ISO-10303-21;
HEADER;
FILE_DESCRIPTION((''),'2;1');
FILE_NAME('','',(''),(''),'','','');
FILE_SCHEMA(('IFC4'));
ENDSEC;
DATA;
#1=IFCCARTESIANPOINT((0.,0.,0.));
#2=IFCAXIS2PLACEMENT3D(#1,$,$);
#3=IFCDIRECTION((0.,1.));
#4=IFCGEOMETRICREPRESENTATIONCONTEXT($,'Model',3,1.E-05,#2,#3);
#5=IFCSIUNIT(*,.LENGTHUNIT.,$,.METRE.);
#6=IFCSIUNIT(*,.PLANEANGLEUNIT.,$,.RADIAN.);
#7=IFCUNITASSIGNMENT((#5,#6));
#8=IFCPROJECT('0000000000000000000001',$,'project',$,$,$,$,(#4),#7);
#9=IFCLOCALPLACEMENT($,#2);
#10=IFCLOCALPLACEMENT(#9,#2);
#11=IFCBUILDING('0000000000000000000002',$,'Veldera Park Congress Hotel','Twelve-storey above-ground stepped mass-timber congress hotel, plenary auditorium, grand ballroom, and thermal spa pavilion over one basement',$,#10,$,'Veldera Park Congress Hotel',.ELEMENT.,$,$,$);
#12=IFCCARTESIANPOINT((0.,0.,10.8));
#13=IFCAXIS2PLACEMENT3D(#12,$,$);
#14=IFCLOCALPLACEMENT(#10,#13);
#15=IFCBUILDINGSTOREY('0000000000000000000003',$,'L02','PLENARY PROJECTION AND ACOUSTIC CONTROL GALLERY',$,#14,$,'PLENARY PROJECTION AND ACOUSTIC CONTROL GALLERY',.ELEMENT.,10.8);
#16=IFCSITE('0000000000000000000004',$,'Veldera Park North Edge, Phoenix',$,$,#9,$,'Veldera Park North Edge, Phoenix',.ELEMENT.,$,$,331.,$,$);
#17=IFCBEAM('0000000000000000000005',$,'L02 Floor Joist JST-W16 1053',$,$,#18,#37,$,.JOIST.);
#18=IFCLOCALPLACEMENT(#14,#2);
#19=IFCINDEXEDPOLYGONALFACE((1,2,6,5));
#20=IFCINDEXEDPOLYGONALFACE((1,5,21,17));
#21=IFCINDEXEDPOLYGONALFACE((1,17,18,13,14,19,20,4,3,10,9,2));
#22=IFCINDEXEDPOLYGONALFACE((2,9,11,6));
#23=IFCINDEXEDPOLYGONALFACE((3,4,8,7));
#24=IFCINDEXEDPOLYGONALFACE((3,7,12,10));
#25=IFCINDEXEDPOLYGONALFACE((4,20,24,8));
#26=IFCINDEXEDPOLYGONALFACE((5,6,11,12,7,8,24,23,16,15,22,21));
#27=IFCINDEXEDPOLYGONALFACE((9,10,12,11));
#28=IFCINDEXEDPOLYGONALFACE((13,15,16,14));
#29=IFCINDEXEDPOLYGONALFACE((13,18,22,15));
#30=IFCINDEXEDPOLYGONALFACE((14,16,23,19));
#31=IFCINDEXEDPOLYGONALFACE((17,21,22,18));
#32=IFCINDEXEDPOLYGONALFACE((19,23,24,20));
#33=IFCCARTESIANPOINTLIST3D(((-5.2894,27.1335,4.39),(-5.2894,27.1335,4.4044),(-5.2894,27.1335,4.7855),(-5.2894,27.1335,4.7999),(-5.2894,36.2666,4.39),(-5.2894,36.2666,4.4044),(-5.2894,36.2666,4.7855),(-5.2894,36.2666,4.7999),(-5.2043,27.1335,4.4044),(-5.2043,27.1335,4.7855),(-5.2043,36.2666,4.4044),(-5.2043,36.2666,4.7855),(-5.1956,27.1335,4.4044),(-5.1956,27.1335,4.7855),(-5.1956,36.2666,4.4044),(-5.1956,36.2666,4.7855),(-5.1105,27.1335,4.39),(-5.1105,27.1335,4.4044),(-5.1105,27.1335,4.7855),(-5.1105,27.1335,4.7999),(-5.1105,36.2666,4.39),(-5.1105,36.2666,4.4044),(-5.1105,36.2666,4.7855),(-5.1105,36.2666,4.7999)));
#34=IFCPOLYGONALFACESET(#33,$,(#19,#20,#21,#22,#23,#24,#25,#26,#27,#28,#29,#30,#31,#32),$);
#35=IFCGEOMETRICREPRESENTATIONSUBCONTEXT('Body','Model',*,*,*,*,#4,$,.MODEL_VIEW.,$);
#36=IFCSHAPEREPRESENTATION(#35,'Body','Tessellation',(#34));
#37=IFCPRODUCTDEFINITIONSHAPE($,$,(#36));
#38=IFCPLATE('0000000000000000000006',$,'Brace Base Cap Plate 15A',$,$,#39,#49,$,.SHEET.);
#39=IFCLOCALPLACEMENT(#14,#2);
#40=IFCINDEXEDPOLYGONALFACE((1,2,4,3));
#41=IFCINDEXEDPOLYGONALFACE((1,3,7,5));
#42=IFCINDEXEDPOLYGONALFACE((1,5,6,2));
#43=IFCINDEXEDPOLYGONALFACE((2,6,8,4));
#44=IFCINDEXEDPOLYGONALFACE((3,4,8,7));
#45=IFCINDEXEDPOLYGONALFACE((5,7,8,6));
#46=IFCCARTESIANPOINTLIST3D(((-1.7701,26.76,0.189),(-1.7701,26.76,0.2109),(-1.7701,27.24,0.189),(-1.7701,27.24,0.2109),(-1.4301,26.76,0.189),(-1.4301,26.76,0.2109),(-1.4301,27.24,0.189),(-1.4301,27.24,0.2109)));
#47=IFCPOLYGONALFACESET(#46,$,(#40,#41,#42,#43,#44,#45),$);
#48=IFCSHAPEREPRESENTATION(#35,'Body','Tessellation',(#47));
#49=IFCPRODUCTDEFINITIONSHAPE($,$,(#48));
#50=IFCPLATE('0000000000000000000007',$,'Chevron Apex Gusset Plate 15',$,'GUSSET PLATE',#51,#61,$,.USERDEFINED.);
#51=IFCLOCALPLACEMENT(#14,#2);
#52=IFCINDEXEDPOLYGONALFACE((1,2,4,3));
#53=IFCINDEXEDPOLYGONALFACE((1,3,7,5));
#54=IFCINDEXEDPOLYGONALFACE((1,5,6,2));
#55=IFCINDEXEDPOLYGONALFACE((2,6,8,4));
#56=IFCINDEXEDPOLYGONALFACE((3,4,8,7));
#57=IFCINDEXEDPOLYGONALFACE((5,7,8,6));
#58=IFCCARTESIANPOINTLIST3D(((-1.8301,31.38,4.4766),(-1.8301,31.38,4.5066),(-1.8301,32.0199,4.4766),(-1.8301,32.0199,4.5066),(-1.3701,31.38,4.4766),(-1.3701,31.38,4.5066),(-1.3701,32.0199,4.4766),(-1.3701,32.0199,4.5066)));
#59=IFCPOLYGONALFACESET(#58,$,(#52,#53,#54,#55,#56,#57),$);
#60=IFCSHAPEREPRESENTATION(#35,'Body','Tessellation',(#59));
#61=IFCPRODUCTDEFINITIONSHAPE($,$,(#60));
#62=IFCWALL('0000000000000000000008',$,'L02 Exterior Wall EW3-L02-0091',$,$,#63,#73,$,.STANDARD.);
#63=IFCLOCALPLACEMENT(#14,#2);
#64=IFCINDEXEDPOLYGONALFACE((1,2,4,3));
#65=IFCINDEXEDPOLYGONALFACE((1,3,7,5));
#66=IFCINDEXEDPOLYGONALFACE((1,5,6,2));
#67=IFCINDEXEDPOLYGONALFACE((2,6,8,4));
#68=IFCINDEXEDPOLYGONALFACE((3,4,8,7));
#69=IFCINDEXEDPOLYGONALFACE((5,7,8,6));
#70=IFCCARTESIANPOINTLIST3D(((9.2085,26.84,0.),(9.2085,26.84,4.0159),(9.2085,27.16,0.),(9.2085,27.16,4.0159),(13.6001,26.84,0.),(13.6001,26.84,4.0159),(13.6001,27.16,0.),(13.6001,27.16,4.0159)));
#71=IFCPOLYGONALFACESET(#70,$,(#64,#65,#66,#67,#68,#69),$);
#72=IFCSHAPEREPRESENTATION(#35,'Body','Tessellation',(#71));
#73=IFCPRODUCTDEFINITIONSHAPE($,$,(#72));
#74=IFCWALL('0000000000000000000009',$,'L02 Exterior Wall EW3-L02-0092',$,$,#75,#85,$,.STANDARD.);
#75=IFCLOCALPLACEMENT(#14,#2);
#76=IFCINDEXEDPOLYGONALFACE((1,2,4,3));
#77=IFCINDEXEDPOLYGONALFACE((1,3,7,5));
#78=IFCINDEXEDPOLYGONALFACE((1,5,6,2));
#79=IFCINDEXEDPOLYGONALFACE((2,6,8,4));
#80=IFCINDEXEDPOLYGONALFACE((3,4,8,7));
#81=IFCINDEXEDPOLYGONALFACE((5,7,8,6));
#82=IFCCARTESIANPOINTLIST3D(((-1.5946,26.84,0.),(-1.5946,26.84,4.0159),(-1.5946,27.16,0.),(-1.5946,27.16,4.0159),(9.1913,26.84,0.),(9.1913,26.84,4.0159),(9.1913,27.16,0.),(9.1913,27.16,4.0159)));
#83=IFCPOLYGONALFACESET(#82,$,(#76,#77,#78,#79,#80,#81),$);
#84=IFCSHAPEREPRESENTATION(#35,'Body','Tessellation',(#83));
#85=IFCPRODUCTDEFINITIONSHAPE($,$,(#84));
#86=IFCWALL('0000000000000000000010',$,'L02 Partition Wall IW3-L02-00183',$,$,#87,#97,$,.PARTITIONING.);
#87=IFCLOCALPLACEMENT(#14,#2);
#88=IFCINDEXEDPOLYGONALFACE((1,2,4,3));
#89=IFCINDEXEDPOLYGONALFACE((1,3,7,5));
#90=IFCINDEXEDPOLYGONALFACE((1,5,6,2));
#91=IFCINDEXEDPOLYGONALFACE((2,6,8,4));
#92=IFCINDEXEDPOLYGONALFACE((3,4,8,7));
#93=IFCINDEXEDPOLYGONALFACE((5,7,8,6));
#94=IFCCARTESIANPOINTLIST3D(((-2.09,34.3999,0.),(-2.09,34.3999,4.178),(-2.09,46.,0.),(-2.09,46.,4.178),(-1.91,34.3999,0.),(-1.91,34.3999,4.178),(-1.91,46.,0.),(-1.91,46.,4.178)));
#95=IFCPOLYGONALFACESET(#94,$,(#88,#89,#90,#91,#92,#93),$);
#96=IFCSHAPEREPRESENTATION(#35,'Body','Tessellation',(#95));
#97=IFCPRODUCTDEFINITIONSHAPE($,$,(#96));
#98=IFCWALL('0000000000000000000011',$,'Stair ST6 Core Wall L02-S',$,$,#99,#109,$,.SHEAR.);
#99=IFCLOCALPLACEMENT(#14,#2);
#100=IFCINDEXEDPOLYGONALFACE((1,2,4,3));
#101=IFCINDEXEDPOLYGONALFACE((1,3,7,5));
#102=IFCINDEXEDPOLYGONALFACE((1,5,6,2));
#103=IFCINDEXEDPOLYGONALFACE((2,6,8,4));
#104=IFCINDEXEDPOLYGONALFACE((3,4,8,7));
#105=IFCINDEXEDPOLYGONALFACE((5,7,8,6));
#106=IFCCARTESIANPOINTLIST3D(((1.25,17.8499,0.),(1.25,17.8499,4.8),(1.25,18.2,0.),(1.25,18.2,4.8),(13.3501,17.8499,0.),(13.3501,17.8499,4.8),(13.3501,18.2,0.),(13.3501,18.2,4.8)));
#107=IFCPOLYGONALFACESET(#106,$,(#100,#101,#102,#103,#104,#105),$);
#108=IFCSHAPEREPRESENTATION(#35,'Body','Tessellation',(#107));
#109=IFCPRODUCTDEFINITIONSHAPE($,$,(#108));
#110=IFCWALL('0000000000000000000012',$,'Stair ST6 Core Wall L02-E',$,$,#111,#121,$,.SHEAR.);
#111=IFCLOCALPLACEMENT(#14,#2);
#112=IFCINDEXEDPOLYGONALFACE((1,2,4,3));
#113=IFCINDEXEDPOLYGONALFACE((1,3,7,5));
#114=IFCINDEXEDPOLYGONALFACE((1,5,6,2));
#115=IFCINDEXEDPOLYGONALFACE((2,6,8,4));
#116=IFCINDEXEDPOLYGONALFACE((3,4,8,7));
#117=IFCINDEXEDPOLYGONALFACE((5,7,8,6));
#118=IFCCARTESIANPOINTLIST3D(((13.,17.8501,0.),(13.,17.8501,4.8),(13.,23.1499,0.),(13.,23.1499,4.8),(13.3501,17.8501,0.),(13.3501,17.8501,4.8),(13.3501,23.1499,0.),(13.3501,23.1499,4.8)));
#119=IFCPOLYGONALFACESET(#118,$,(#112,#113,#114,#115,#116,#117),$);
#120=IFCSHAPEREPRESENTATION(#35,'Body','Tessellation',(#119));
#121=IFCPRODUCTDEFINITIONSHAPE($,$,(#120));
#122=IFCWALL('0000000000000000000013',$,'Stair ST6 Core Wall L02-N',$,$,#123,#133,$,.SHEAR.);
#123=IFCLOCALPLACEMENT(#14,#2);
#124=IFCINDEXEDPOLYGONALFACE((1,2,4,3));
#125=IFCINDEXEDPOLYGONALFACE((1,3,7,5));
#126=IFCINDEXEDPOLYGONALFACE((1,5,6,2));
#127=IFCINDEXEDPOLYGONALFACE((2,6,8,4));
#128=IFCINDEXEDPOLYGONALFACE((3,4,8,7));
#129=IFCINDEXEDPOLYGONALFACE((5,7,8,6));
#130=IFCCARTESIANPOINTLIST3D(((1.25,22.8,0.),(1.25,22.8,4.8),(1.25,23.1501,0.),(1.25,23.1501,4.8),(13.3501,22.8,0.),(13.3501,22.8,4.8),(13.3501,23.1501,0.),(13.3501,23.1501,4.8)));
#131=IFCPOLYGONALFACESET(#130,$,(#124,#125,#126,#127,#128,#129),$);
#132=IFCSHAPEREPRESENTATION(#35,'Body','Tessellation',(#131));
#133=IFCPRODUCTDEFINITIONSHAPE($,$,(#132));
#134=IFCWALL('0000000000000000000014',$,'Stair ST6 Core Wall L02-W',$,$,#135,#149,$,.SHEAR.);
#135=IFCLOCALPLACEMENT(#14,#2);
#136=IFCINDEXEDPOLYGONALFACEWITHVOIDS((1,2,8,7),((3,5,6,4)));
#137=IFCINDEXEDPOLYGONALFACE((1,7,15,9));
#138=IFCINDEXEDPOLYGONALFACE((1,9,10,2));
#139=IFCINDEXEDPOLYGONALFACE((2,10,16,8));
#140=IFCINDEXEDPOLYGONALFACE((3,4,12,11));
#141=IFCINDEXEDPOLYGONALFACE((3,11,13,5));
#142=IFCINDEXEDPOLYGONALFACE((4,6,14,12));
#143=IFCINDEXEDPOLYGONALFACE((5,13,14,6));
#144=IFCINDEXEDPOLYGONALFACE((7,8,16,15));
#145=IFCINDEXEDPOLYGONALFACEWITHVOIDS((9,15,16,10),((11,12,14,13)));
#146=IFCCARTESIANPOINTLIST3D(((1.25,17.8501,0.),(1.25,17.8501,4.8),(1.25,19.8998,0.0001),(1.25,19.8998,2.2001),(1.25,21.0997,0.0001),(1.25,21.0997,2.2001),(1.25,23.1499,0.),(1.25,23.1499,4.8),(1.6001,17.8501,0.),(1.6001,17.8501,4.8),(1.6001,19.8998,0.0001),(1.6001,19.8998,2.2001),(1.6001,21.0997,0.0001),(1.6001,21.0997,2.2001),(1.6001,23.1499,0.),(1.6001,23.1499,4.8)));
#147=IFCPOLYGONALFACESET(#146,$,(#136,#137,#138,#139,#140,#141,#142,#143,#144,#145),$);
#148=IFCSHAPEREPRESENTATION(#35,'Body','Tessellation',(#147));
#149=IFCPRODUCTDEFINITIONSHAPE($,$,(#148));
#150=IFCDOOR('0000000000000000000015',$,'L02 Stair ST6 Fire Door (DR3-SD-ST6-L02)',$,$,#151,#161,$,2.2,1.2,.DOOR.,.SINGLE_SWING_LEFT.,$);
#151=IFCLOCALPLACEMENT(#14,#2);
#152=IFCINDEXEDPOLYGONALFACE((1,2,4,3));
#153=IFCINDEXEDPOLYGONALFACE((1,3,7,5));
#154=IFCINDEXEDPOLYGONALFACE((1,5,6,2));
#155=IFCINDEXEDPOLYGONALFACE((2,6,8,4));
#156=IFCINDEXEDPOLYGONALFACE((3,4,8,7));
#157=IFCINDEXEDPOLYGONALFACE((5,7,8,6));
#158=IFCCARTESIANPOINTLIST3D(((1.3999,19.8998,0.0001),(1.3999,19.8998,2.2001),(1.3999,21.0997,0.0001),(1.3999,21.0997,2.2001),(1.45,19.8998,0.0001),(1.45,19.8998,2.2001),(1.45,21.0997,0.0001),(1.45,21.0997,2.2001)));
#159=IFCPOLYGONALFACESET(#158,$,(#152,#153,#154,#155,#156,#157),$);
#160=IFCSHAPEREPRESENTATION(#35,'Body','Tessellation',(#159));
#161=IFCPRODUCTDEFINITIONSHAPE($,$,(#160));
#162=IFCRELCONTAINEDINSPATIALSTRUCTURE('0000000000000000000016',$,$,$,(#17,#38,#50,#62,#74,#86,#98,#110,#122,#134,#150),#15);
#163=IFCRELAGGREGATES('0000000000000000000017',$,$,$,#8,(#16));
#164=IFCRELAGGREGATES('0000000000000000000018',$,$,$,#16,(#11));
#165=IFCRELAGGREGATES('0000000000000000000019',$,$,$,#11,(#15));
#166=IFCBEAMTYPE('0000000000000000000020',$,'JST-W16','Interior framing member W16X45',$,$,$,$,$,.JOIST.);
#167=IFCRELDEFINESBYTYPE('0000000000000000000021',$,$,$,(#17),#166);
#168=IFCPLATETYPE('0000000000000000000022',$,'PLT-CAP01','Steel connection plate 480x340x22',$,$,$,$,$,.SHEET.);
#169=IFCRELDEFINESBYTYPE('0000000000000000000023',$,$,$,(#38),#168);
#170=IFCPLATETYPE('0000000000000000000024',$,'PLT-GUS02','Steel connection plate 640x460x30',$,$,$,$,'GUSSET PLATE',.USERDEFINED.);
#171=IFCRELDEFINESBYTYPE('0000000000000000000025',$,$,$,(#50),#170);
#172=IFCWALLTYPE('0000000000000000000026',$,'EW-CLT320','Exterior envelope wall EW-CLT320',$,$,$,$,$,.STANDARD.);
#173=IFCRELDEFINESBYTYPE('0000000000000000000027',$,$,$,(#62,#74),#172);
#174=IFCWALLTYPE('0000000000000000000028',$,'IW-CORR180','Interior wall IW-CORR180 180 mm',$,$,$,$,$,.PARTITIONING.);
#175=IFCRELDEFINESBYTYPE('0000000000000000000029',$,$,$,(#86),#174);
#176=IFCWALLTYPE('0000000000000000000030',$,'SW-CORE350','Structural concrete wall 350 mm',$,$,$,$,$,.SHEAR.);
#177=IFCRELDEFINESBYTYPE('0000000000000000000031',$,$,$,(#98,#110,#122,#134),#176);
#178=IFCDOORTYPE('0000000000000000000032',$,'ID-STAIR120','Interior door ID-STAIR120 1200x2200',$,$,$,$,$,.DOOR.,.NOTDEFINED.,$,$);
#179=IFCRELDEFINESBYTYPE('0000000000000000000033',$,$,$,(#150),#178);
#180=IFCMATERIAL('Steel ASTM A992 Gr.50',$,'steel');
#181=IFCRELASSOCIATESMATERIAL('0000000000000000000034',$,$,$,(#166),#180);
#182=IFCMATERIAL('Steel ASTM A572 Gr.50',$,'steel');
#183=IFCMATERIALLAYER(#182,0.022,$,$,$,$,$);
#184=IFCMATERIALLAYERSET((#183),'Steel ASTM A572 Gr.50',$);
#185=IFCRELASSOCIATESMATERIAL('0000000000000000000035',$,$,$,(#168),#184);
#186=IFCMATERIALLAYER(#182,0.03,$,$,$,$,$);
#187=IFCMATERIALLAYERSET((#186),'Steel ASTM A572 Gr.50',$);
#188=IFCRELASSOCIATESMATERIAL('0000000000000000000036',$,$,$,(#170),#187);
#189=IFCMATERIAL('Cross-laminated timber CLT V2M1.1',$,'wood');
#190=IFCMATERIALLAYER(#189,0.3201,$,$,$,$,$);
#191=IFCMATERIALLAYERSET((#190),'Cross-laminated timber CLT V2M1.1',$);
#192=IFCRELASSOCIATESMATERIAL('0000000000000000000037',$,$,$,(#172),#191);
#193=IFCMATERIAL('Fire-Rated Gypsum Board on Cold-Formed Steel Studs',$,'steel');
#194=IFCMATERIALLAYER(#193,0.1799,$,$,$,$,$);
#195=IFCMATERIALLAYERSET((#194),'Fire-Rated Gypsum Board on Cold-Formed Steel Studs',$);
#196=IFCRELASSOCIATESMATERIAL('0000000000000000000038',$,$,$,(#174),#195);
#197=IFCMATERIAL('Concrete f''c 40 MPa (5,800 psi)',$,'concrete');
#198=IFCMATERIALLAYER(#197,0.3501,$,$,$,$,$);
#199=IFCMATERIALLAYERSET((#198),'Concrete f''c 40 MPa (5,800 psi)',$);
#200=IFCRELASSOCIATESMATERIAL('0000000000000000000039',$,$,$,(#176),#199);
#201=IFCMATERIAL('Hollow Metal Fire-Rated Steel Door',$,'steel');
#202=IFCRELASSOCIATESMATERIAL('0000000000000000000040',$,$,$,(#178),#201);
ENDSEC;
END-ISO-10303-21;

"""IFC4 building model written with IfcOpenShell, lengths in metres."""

from ifc_helpers import new_model, si_unit, direction, frame, frame_2d, origin, origin_2d, place, context, subcontext, project, spatial, rectangle, i_section, extrude, material, layer, layer_set, material_profile, profile_set, type_object, element, fill, save


model = new_model("IFC4")

# Units and contexts
model_context = context("Model", 3, precision=1e-05, world=origin(), true_north=direction((0.0, 1.0)))
body_context = subcontext(model_context, "Body", "Model", "MODEL_VIEW")
ifc_project = project(units=[si_unit("LENGTHUNIT", "METRE"), si_unit("PLANEANGLEUNIT", "RADIAN")], contexts=[model_context])

# Site, building, storey
site_placement = place(None, origin())
site = spatial("IfcSite", under=ifc_project, at=site_placement, Name="Veldera Park North Edge, Phoenix", LongName="Veldera Park North Edge, Phoenix", CompositionType="ELEMENT", RefElevation=331.0)
building_placement = place(site_placement, origin())
building = spatial("IfcBuilding", under=site, at=building_placement, Name="Veldera Park Congress Hotel", Description="Twelve-storey above-ground stepped mass-timber congress hotel, plenary auditorium, grand ballroom, and thermal spa pavilion over one basement", LongName="Veldera Park Congress Hotel", CompositionType="ELEMENT")
storey_placement = place(building_placement, frame((0.0, 0.0, 10.8)))
storey = spatial("IfcBuildingStorey", under=building, at=storey_placement, Name="L02", Description="PLENARY PROJECTION AND ACOUSTIC CONTROL GALLERY", LongName="PLENARY PROJECTION AND ACOUSTIC CONTROL GALLERY", CompositionType="ELEMENT", Elevation=10.8)

# Shared definitions
ifc_material_1 = material(Name="Steel ASTM A992 Gr.50", Category="steel")

# Beam
ifc_material_profile_1 = material_profile(ifc_material_1, i_section(OverallWidth=0.179, OverallDepth=0.4099, WebThickness=0.0088, FlangeThickness=0.0144, at=origin_2d()), Name="W16X45")
ifc_profile_set_1 = profile_set([ifc_material_profile_1], Name="Steel ASTM A992 Gr.50")
beam_type_1 = type_object("IfcBeamType", Name="JST-W16", Description="Interior framing member W16X45", PredefinedType="JOIST", material=ifc_profile_set_1)
for number, where, z_axis, x_axis, name in (
    (1, (-5.2, 27.1335, 4.595), (0.0, 1.0, 0.0), (-1.0, 0.0, 0.0), "L02 Floor Joist JST-W16 1053"),
):
    element("IfcBeam", number, at=place(storey_placement, frame(where, z_axis=z_axis, x_axis=x_axis)), inside=storey, type_object=beam_type_1, Name=name, PredefinedType="JOIST", context=body_context, shape_type="SweptSolid", body=[
        extrude(i_section(OverallWidth=0.179, OverallDepth=0.4099, WebThickness=0.0088, FlangeThickness=0.0144, at=origin_2d()), origin(), (0.0, 0.0, 1.0), 9.1331),
    ])

# Plates
ifc_material_2 = material(Name="Steel ASTM A572 Gr.50", Category="steel")
ifc_layer_1 = layer(ifc_material_2, 0.022)
ifc_layer_set_1 = layer_set([ifc_layer_1], Name="Steel ASTM A572 Gr.50")
plate_type_1 = type_object("IfcPlateType", Name="PLT-CAP01", Description="Steel connection plate 480x340x22", PredefinedType="SHEET", material=ifc_layer_set_1)
plate_1_placement = place(storey_placement, frame((-1.6001, 27.0, 0.189), z_axis=(0.0, 0.0, 1.0), x_axis=(0.0, 1.0, 0.0)))
element("IfcPlate", 2, at=plate_1_placement, inside=storey, type_object=plate_type_1, Name="Brace Base Cap Plate 15A", PredefinedType="SHEET", context=body_context, shape_type="SweptSolid", body=[
    extrude(rectangle(XDim=0.48, YDim=0.3401, at=origin_2d()), origin(), (0.0, 0.0, 1.0), 0.022),
])
ifc_layer_2 = layer(ifc_material_2, 0.03)
ifc_layer_set_2 = layer_set([ifc_layer_2], Name="Steel ASTM A572 Gr.50")
plate_type_2 = type_object("IfcPlateType", Name="PLT-GUS02", Description="Steel connection plate 640x460x30", ElementType="GUSSET PLATE", PredefinedType="USERDEFINED", material=ifc_layer_set_2)
plate_2_placement = place(storey_placement, frame((-1.6001, 31.7, 4.4766), z_axis=(0.0, 0.0, 1.0), x_axis=(0.0, 1.0, 0.0)))
element("IfcPlate", 3, at=plate_2_placement, inside=storey, type_object=plate_type_2, Name="Chevron Apex Gusset Plate 15", ObjectType="GUSSET PLATE", PredefinedType="USERDEFINED", context=body_context, shape_type="SweptSolid", body=[
    extrude(rectangle(XDim=0.6399, YDim=0.46, at=origin_2d()), origin(), (0.0, 0.0, 1.0), 0.03),
])

# Walls
ifc_material_3 = material(Name="Cross-laminated timber CLT V2M1.1", Category="wood")
ifc_layer_3 = layer(ifc_material_3, 0.3201)
ifc_layer_set_3 = layer_set([ifc_layer_3], Name="Cross-laminated timber CLT V2M1.1")
wall_type_1 = type_object("IfcWallType", Name="EW-CLT320", Description="Exterior envelope wall EW-CLT320", PredefinedType="STANDARD", material=ifc_layer_set_3)
wall_1_placement = place(storey_placement, frame((13.6001, 27.0, 0.0), z_axis=(0.0, 0.0, 1.0), x_axis=(-1.0, 0.0, 0.0)))
element("IfcWall", 4, at=wall_1_placement, inside=storey, type_object=wall_type_1, Name="L02 Exterior Wall EW3-L02-0091", PredefinedType="STANDARD", context=body_context, shape_type="SweptSolid", body=[
    extrude(rectangle(XDim=4.3916, YDim=0.3201, at=frame_2d((2.1958, 0.0))), origin(), (0.0, 0.0, 1.0), 4.0159),
])
wall_2_placement = place(storey_placement, frame((9.1914, 27.0, 0.0), z_axis=(0.0, 0.0, 1.0), x_axis=(-1.0, 0.0, 0.0)))
element("IfcWall", 5, at=wall_2_placement, inside=storey, type_object=wall_type_1, Name="L02 Exterior Wall EW3-L02-0092", PredefinedType="STANDARD", context=body_context, shape_type="SweptSolid", body=[
    extrude(rectangle(XDim=10.7859, YDim=0.3201, at=frame_2d((5.3931, 0.0))), origin(), (0.0, 0.0, 1.0), 4.0159),
])
ifc_material_4 = material(Name="Fire-Rated Gypsum Board on Cold-Formed Steel Studs", Category="steel")
ifc_layer_4 = layer(ifc_material_4, 0.1799)
ifc_layer_set_4 = layer_set([ifc_layer_4], Name="Fire-Rated Gypsum Board on Cold-Formed Steel Studs")
wall_type_2 = type_object("IfcWallType", Name="IW-CORR180", Description="Interior wall IW-CORR180 180 mm", PredefinedType="PARTITIONING", material=ifc_layer_set_4)
wall_3_placement = place(storey_placement, frame((-2.0, 34.3999, 0.0), z_axis=(0.0, 0.0, 1.0), x_axis=(0.0, 1.0, 0.0)))
element("IfcWall", 6, at=wall_3_placement, inside=storey, type_object=wall_type_2, Name="L02 Partition Wall IW3-L02-00183", PredefinedType="PARTITIONING", context=body_context, shape_type="SweptSolid", body=[
    extrude(rectangle(XDim=11.6001, YDim=0.1799, at=frame_2d((5.8, 0.0))), origin(), (0.0, 0.0, 1.0), 4.178),
])
ifc_material_5 = material(Name="Concrete f'c 40 MPa (5,800 psi)", Category="concrete")
ifc_layer_5 = layer(ifc_material_5, 0.3501)
ifc_layer_set_5 = layer_set([ifc_layer_5], Name="Concrete f'c 40 MPa (5,800 psi)")
wall_type_3 = type_object("IfcWallType", Name="SW-CORE350", Description="Structural concrete wall 350 mm", PredefinedType="SHEAR", material=ifc_layer_set_5)
wall_4_placement = place(storey_placement, frame((1.25, 18.0249, 0.0), z_axis=(0.0, 0.0, 1.0), x_axis=(1.0, 0.0, 0.0)))
element("IfcWall", 7, at=wall_4_placement, inside=storey, type_object=wall_type_3, Name="Stair ST6 Core Wall L02-S", PredefinedType="SHEAR", context=body_context, shape_type="SweptSolid", body=[
    extrude(rectangle(XDim=12.1001, YDim=0.3501, at=frame_2d((6.05, 0.0))), origin(), (0.0, 0.0, 1.0), 4.8),
])
wall_5_placement = place(storey_placement, frame((13.175, 17.8501, 0.0), z_axis=(0.0, 0.0, 1.0), x_axis=(0.0, 1.0, 0.0)))
element("IfcWall", 8, at=wall_5_placement, inside=storey, type_object=wall_type_3, Name="Stair ST6 Core Wall L02-E", PredefinedType="SHEAR", context=body_context, shape_type="SweptSolid", body=[
    extrude(rectangle(XDim=5.2998, YDim=0.3501, at=frame_2d((2.6499, 0.0))), origin(), (0.0, 0.0, 1.0), 4.8),
])
wall_6_placement = place(storey_placement, frame((13.3501, 22.9751, 0.0), z_axis=(0.0, 0.0, 1.0), x_axis=(-1.0, 0.0, 0.0)))
element("IfcWall", 9, at=wall_6_placement, inside=storey, type_object=wall_type_3, Name="Stair ST6 Core Wall L02-N", PredefinedType="SHEAR", context=body_context, shape_type="SweptSolid", body=[
    extrude(rectangle(XDim=12.1001, YDim=0.3501, at=frame_2d((6.05, 0.0))), origin(), (0.0, 0.0, 1.0), 4.8),
])

# Wall, opening, door
wall_7_placement = place(storey_placement, frame((1.425, 23.1499, 0.0), z_axis=(0.0, 0.0, 1.0), x_axis=(0.0, -1.0, 0.0)))
wall_7 = element("IfcWall", 10, at=wall_7_placement, inside=storey, type_object=wall_type_3, Name="Stair ST6 Core Wall L02-W", PredefinedType="SHEAR", context=body_context, shape_type="SweptSolid", body=[
    extrude(rectangle(XDim=5.2998, YDim=0.3501, at=frame_2d((2.6499, 0.0))), origin(), (0.0, 0.0, 1.0), 4.8),
])
opening_placement = place(wall_7_placement, frame((2.05, 0.0, 0.0)))
opening = element("IfcOpeningElement", 11, at=opening_placement, cuts=wall_7, PredefinedType="OPENING", context=body_context, shape_type="SweptSolid", body=[
    extrude(rectangle(XDim=1.2, YDim=2.2, at=frame_2d((0.6001, 1.1001))), frame((0.0, 0.187, 0.0), z_axis=(0.0, -1.0, 0.0), x_axis=(1.0, 0.0, 0.0)), (0.0, 0.0, 1.0), 0.374),
])
ifc_material_6 = material(Name="Hollow Metal Fire-Rated Steel Door", Category="steel")
door_type = type_object("IfcDoorType", Name="ID-STAIR120", Description="Interior door ID-STAIR120 1200x2200", OperationType="NOTDEFINED", PredefinedType="DOOR", material=ifc_material_6)
door_placement = place(opening_placement, origin())
door = element("IfcDoor", 12, at=door_placement, inside=storey, type_object=door_type, Name="L02 Stair ST6 Fire Door (DR3-SD-ST6-L02)", OperationType="SINGLE_SWING_LEFT", OverallHeight=2.2, OverallWidth=1.2, PredefinedType="DOOR", context=body_context, shape_type="SweptSolid", body=[
    extrude(rectangle(XDim=1.2, YDim=2.2, at=frame_2d((0.6001, 1.1001))), frame((0.0, 0.0249, 0.0), z_axis=(0.0, -1.0, 0.0), x_axis=(1.0, 0.0, 0.0)), (0.0, 0.0, 1.0), 0.05),
])
fill(opening, door)

save(model, "model.ifc")
